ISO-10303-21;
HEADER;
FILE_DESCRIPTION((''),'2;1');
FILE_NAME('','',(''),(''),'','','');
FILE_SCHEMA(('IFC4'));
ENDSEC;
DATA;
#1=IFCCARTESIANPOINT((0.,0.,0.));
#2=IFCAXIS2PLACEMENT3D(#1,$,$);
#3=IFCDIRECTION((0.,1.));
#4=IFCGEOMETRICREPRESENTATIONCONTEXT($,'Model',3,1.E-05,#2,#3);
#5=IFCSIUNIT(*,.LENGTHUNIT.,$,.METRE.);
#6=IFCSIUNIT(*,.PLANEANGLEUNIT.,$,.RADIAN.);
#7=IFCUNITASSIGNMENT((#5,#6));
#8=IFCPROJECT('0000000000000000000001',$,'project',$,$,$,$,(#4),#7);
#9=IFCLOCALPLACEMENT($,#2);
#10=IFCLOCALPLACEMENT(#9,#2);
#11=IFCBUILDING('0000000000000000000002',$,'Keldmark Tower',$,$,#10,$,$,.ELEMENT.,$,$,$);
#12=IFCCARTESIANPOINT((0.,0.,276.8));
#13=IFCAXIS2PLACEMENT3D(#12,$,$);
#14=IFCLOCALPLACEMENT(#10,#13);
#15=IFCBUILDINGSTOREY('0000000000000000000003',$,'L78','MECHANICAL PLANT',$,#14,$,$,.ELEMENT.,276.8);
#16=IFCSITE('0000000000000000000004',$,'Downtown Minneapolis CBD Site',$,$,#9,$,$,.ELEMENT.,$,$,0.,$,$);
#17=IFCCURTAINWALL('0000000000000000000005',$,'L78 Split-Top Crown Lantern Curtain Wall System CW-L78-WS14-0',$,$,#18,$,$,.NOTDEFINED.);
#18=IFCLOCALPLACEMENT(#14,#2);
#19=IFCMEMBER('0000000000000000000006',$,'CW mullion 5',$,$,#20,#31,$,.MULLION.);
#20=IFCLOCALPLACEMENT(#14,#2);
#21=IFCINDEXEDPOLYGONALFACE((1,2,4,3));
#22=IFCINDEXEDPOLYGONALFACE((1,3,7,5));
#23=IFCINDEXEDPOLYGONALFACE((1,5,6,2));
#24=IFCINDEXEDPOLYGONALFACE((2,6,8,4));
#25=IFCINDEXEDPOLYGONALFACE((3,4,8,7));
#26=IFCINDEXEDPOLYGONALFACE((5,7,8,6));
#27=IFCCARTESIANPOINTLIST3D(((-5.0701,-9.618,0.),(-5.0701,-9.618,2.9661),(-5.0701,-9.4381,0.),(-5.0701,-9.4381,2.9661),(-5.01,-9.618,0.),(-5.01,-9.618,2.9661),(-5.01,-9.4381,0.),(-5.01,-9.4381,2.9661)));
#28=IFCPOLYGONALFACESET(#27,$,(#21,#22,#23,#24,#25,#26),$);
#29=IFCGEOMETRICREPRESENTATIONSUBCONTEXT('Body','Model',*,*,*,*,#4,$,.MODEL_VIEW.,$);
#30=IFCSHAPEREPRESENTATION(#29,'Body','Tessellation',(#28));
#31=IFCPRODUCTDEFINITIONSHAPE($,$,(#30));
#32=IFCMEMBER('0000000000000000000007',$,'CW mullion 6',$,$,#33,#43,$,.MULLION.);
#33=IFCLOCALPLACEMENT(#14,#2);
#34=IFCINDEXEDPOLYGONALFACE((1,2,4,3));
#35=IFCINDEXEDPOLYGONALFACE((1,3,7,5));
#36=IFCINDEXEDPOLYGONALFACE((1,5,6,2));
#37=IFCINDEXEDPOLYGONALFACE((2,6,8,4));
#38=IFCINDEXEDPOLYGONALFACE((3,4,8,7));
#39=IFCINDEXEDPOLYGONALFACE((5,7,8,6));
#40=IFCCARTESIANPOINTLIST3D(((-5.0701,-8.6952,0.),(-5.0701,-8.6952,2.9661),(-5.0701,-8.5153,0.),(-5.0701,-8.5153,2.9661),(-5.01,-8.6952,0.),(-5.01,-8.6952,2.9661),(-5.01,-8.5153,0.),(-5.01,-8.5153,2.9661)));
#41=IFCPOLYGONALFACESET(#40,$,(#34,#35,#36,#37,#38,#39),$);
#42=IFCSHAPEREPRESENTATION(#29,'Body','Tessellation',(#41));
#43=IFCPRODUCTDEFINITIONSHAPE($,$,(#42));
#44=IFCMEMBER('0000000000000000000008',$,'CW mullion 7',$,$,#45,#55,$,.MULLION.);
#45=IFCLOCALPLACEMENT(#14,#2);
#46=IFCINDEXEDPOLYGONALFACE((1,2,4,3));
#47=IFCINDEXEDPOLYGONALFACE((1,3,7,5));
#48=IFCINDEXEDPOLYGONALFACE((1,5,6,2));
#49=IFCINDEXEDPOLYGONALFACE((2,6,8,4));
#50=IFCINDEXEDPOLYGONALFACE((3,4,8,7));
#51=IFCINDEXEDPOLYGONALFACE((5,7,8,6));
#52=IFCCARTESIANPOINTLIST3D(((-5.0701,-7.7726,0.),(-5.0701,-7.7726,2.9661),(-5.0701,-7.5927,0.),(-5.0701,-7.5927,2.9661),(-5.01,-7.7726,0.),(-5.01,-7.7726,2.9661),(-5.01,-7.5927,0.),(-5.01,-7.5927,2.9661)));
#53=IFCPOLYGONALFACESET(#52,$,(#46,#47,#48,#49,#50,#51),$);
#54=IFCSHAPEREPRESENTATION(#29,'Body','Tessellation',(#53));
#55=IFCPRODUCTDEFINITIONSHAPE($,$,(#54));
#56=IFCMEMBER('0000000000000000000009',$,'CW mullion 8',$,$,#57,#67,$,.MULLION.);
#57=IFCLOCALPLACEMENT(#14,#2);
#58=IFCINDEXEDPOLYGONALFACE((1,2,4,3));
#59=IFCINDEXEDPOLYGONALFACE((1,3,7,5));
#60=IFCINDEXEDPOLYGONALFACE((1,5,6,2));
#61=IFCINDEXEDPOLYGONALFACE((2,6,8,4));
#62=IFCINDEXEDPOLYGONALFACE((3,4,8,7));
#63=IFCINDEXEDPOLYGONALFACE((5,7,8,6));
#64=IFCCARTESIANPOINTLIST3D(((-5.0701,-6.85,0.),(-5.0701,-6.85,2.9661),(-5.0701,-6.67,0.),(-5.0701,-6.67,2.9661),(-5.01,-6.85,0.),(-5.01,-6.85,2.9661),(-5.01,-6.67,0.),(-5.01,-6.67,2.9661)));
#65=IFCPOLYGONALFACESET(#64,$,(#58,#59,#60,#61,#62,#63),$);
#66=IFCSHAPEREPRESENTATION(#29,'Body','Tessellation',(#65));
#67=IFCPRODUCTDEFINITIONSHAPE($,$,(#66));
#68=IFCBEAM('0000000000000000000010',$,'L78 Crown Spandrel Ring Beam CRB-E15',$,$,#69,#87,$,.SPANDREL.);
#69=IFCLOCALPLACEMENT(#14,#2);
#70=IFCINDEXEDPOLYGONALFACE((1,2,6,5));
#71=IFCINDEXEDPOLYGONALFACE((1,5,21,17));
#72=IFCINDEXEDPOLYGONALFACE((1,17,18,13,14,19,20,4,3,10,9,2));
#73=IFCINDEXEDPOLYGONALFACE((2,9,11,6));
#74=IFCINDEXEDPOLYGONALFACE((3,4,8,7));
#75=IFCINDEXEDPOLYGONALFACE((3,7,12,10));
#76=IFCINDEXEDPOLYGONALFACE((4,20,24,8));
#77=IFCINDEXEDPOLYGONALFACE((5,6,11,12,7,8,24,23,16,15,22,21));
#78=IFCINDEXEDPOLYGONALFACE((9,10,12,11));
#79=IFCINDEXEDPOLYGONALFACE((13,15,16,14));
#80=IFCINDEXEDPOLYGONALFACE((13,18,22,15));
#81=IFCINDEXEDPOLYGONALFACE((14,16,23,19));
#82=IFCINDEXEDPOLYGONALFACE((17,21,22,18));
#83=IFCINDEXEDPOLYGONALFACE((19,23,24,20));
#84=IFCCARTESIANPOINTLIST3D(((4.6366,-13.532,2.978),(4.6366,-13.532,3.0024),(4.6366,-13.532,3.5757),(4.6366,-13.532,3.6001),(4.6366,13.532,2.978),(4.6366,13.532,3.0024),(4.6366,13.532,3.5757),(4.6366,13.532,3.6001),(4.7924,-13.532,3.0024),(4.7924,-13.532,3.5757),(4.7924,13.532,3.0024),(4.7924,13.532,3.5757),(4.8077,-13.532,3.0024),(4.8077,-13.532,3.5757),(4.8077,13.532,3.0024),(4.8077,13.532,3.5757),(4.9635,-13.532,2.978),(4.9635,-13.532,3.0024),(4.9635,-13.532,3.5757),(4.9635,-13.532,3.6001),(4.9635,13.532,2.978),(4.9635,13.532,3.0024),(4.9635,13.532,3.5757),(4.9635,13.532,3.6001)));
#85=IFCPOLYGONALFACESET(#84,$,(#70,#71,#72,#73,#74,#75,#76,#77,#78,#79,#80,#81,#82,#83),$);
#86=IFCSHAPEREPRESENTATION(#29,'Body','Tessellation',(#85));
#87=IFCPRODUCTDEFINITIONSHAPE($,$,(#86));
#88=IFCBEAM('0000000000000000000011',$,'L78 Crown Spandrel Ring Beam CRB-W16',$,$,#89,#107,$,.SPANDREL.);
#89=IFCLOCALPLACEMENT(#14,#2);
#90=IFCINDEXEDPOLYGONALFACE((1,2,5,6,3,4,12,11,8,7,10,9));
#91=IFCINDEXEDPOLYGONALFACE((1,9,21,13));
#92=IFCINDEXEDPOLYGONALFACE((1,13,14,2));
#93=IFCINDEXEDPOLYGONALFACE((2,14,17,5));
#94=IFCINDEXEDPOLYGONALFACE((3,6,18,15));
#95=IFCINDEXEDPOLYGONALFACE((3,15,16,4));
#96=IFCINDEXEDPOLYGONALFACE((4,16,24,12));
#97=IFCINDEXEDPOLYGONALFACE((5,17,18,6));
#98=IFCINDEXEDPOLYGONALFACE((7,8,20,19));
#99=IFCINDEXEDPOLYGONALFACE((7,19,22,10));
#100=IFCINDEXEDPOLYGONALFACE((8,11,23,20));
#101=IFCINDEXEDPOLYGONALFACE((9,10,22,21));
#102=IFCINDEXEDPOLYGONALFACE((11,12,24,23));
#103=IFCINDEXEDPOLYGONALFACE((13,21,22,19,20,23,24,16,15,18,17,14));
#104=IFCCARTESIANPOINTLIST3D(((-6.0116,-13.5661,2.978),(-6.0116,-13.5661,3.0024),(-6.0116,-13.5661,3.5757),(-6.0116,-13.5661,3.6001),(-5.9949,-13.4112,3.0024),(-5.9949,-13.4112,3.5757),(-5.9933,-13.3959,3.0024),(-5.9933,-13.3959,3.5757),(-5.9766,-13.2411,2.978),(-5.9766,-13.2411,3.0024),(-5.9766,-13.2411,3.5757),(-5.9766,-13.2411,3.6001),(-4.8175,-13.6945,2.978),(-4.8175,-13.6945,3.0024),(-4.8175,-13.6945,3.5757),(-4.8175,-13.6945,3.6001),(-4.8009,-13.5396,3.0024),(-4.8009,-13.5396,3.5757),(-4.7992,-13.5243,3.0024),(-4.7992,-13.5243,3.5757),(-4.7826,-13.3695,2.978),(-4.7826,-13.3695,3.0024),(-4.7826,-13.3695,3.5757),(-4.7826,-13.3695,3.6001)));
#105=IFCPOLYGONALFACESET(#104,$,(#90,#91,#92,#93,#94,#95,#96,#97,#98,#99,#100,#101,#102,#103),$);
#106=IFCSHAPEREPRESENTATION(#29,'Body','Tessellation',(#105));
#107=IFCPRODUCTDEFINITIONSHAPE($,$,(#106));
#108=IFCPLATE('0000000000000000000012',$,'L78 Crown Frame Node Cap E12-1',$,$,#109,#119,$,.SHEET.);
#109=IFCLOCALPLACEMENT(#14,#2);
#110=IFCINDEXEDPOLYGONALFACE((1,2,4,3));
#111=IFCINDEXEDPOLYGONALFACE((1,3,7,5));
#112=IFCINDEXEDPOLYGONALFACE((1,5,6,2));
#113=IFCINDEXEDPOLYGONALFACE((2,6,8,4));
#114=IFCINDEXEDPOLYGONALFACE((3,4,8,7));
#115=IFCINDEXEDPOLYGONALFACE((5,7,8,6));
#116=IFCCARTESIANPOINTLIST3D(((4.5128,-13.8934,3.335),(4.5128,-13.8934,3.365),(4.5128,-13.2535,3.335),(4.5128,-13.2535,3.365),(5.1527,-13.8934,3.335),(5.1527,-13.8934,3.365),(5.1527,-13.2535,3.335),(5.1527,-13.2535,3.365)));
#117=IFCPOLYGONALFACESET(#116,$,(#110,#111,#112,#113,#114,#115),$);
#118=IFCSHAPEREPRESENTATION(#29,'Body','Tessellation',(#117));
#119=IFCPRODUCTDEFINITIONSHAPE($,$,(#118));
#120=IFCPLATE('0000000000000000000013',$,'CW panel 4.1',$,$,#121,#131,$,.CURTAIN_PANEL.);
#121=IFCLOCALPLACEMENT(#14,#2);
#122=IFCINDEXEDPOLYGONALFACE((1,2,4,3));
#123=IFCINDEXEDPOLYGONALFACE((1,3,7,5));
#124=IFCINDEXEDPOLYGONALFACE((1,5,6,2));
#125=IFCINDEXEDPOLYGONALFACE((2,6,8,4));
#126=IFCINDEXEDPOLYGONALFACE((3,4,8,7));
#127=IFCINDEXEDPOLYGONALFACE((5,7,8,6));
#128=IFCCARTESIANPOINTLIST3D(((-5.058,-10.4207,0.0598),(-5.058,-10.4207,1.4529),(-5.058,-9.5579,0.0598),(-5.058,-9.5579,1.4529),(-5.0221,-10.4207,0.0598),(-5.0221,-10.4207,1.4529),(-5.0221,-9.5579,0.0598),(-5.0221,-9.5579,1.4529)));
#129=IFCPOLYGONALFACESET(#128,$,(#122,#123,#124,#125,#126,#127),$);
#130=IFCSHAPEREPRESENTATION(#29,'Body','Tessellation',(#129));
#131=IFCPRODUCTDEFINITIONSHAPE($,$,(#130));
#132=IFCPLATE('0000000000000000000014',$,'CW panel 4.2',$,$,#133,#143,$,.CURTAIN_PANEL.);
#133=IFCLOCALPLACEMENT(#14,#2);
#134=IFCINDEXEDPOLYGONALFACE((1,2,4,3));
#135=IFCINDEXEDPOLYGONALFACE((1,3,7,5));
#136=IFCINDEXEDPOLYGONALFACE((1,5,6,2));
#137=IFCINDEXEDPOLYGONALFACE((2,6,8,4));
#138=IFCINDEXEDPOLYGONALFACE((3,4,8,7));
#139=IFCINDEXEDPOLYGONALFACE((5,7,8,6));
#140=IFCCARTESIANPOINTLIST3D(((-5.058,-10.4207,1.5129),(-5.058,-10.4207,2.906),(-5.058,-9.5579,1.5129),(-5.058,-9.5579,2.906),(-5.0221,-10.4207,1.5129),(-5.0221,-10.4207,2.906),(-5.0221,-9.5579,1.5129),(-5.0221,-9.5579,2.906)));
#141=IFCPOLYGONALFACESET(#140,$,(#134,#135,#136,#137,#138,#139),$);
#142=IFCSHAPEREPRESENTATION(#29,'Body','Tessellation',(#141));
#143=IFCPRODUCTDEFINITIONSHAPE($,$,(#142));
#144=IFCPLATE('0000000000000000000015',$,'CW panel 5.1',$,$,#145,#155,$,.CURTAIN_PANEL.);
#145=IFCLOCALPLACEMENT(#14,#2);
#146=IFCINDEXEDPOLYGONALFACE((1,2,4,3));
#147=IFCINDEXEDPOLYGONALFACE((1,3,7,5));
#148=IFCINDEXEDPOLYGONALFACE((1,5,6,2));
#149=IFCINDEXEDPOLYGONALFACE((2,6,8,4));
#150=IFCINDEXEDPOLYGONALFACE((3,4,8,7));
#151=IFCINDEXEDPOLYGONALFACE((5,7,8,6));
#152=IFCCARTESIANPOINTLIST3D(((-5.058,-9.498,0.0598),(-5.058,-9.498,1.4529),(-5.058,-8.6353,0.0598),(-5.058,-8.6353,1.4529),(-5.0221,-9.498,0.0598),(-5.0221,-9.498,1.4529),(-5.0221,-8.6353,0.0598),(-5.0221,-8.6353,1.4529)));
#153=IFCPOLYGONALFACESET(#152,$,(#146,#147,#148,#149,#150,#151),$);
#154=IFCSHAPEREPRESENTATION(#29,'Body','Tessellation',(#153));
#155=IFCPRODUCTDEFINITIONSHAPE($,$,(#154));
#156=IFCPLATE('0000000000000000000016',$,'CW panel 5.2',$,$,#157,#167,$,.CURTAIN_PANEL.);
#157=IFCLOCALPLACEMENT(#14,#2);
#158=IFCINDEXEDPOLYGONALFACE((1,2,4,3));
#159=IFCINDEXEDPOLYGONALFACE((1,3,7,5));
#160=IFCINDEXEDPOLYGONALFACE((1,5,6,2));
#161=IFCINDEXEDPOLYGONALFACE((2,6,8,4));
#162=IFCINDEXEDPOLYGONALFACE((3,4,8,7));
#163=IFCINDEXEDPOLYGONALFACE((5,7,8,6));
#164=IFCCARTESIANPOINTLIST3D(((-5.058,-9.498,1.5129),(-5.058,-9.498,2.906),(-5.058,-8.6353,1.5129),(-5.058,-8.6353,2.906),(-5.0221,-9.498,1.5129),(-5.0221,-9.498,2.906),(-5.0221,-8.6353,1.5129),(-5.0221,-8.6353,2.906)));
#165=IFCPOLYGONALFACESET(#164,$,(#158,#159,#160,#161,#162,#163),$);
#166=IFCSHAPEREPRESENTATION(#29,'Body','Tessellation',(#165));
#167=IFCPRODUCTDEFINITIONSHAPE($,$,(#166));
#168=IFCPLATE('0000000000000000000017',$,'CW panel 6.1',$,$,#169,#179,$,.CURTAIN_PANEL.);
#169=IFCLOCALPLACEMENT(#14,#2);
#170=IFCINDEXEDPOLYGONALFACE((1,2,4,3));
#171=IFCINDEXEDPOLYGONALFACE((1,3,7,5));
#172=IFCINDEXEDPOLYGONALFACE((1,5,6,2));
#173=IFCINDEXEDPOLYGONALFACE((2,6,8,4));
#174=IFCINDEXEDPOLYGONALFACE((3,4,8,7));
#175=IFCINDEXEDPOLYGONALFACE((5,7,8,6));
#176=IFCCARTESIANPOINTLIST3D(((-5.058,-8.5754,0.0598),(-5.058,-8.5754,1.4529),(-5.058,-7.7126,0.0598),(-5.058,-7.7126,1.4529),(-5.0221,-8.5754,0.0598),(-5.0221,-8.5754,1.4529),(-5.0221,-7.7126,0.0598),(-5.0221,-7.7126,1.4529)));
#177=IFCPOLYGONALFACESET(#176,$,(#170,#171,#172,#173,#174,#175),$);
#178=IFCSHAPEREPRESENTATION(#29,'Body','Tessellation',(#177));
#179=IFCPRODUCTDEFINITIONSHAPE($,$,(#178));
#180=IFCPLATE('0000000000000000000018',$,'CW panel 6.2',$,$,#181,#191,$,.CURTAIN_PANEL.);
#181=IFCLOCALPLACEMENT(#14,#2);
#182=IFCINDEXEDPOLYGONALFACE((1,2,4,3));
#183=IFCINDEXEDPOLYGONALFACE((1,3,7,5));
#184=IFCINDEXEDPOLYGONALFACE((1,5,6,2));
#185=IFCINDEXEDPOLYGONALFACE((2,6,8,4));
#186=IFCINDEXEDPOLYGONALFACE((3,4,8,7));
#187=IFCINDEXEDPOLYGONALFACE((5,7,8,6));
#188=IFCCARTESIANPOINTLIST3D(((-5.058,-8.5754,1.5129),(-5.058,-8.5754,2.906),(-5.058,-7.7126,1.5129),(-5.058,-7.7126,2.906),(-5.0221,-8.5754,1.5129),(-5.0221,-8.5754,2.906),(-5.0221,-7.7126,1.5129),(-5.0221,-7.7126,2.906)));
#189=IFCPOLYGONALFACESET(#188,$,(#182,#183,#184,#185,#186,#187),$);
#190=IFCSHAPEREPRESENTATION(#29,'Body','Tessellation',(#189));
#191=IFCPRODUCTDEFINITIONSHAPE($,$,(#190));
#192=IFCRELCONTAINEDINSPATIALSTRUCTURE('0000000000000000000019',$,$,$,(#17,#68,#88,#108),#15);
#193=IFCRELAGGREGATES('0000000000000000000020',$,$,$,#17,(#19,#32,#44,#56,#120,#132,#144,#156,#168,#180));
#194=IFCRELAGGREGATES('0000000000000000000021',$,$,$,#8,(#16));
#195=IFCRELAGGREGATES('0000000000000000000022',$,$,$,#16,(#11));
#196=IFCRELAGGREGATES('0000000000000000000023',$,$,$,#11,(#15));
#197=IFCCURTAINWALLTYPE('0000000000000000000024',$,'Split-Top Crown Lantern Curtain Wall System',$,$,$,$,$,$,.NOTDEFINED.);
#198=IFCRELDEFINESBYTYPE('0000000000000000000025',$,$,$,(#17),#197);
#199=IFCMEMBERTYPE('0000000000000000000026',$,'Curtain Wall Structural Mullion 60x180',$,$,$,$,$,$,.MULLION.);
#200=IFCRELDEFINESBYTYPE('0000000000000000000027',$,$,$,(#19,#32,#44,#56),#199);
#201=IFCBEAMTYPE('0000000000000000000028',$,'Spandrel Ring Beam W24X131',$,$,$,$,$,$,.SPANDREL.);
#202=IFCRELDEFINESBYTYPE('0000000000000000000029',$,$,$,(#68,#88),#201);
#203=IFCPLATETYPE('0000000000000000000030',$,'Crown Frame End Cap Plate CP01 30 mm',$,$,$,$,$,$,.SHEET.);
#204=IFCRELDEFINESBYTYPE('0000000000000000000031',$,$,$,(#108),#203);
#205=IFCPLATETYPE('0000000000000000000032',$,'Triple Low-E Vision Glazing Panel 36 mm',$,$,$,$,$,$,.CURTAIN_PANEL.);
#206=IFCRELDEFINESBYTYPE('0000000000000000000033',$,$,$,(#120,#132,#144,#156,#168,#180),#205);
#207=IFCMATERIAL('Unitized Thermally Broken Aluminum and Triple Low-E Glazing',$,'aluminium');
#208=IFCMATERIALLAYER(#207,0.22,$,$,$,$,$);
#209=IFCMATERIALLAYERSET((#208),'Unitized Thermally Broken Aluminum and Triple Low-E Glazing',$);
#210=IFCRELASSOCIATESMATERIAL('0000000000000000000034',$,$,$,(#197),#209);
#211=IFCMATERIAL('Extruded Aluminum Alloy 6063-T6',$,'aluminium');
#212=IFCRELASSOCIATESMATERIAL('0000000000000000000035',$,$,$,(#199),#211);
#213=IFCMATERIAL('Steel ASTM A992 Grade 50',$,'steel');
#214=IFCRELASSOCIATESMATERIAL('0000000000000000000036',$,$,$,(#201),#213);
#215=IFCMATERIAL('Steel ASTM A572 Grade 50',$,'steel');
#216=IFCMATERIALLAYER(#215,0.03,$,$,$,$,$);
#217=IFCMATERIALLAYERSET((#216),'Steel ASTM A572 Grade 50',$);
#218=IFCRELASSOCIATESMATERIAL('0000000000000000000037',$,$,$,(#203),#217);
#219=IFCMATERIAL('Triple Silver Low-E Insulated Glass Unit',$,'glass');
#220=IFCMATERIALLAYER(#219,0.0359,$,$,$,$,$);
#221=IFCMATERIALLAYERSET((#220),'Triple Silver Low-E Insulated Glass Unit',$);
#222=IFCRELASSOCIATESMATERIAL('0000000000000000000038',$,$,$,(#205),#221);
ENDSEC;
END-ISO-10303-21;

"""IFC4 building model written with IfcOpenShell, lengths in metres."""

from ifc_helpers import new_model, si_unit, direction, frame, origin, origin_2d, place, context, subcontext, project, spatial, rectangle, i_section, extrude, material, layer, layer_set, material_profile, profile_set, type_object, element, aggregate, save


model = new_model("IFC4")

# Units and contexts
model_context = context("Model", 3, precision=1e-05, world=origin(), true_north=direction((0.0, 1.0)))
body_context = subcontext(model_context, "Body", "Model", "MODEL_VIEW")
ifc_project = project(units=[si_unit("LENGTHUNIT", "METRE"), si_unit("PLANEANGLEUNIT", "RADIAN")], contexts=[model_context])

# Site, building, storey
site_placement = place(None, origin())
site = spatial("IfcSite", under=ifc_project, at=site_placement, Name="Downtown Minneapolis CBD Site", CompositionType="ELEMENT", RefElevation=0.0)
building_placement = place(site_placement, origin())
building = spatial("IfcBuilding", under=site, at=building_placement, Name="Keldmark Tower", CompositionType="ELEMENT")
storey_placement = place(building_placement, frame((0.0, 0.0, 276.8)))
storey = spatial("IfcBuildingStorey", under=building, at=storey_placement, Name="L78", Description="MECHANICAL PLANT", CompositionType="ELEMENT", Elevation=276.8)

# Curtain wall, members
ifc_material_1 = material(Name="Unitized Thermally Broken Aluminum and Triple Low-E Glazing", Category="aluminium")
ifc_layer_1 = layer(ifc_material_1, 0.22)
ifc_layer_set_1 = layer_set([ifc_layer_1], Name="Unitized Thermally Broken Aluminum and Triple Low-E Glazing")
curtain_wall_type = type_object("IfcCurtainWallType", Name="Split-Top Crown Lantern Curtain Wall System", PredefinedType="NOTDEFINED", material=ifc_layer_set_1)
curtain_wall_placement = place(storey_placement, origin())
curtain_wall = element("IfcCurtainWall", 1, at=curtain_wall_placement, inside=storey, type_object=curtain_wall_type, Name="L78 Split-Top Crown Lantern Curtain Wall System CW-L78-WS14-0", PredefinedType="NOTDEFINED")
ifc_material_2 = material(Name="Extruded Aluminum Alloy 6063-T6", Category="aluminium")
ifc_material_profile_1 = material_profile(ifc_material_2, rectangle(XDim=0.0601, YDim=0.1799, at=origin_2d()), Name="CWM60X180")
ifc_profile_set_1 = profile_set([ifc_material_profile_1], Name="Extruded Aluminum Alloy 6063-T6")
member_type_1 = type_object("IfcMemberType", Name="Curtain Wall Structural Mullion 60x180", PredefinedType="MULLION", material=ifc_profile_set_1)
member_1_placement = place(storey_placement, frame((-5.04, -9.5281, 0.0), z_axis=(0.0, 0.0, 1.0), x_axis=(-1.0, 0.0, 0.0)))
member_1 = element("IfcMember", 2, at=member_1_placement, type_object=member_type_1, Name="CW mullion 5", PredefinedType="MULLION", context=body_context, shape_type="SweptSolid", body=[
    extrude(rectangle(XDim=0.0601, YDim=0.1799, at=origin_2d()), origin(), (0.0, 0.0, 1.0), 2.9661),
])
member_2_placement = place(storey_placement, frame((-5.04, -8.6052, 0.0), z_axis=(0.0, 0.0, 1.0), x_axis=(-1.0, 0.0, 0.0)))
member_2 = element("IfcMember", 3, at=member_2_placement, type_object=member_type_1, Name="CW mullion 6", PredefinedType="MULLION", context=body_context, shape_type="SweptSolid", body=[
    extrude(rectangle(XDim=0.0601, YDim=0.1799, at=origin_2d()), origin(), (0.0, 0.0, 1.0), 2.9661),
])
member_3_placement = place(storey_placement, frame((-5.04, -7.6826, 0.0), z_axis=(0.0, 0.0, 1.0), x_axis=(-1.0, 0.0, 0.0)))
member_3 = element("IfcMember", 4, at=member_3_placement, type_object=member_type_1, Name="CW mullion 7", PredefinedType="MULLION", context=body_context, shape_type="SweptSolid", body=[
    extrude(rectangle(XDim=0.0601, YDim=0.1799, at=origin_2d()), origin(), (0.0, 0.0, 1.0), 2.9661),
])
member_4_placement = place(storey_placement, frame((-5.04, -6.76, 0.0), z_axis=(0.0, 0.0, 1.0), x_axis=(-1.0, 0.0, 0.0)))
member_4 = element("IfcMember", 5, at=member_4_placement, type_object=member_type_1, Name="CW mullion 8", PredefinedType="MULLION", context=body_context, shape_type="SweptSolid", body=[
    extrude(rectangle(XDim=0.0601, YDim=0.1799, at=origin_2d()), origin(), (0.0, 0.0, 1.0), 2.9661),
])

# Beams
ifc_material_3 = material(Name="Steel ASTM A992 Grade 50", Category="steel")
ifc_material_profile_2 = material_profile(ifc_material_3, i_section(OverallWidth=0.3269, OverallDepth=0.6221, WebThickness=0.0154, FlangeThickness=0.0244, at=origin_2d()), Name="W24X131")
ifc_profile_set_2 = profile_set([ifc_material_profile_2], Name="Steel ASTM A992 Grade 50")
beam_type = type_object("IfcBeamType", Name="Spandrel Ring Beam W24X131", PredefinedType="SPANDREL", material=ifc_profile_set_2)
beam_1_placement = place(storey_placement, frame((4.8, -13.532, 3.2891), z_axis=(0.0, 1.0, 0.0), x_axis=(-1.0, 0.0, 0.0)))
element("IfcBeam", 6, at=beam_1_placement, inside=storey, type_object=beam_type, Name="L78 Crown Spandrel Ring Beam CRB-E15", PredefinedType="SPANDREL", context=body_context, shape_type="SweptSolid", body=[
    extrude(i_section(OverallWidth=0.3269, OverallDepth=0.6221, WebThickness=0.0154, FlangeThickness=0.0244, at=origin_2d()), origin(), (0.0, 0.0, 1.0), 27.064),
])
beam_2_placement = place(storey_placement, frame((-4.8, -13.532, 3.2891), z_axis=(-0.994267, 0.106928, 0.0), x_axis=(-0.106928, -0.994267, 0.0)))
element("IfcBeam", 7, at=beam_2_placement, inside=storey, type_object=beam_type, Name="L78 Crown Spandrel Ring Beam CRB-W16", PredefinedType="SPANDREL", context=body_context, shape_type="SweptSolid", body=[
    extrude(i_section(OverallWidth=0.3269, OverallDepth=0.6221, WebThickness=0.0154, FlangeThickness=0.0244, at=origin_2d()), origin(), (0.0, 0.0, 1.0), 1.2009),
])

# Plates
ifc_material_4 = material(Name="Steel ASTM A572 Grade 50", Category="steel")
ifc_layer_2 = layer(ifc_material_4, 0.03)
ifc_layer_set_2 = layer_set([ifc_layer_2], Name="Steel ASTM A572 Grade 50")
plate_type_1 = type_object("IfcPlateType", Name="Crown Frame End Cap Plate CP01 30 mm", PredefinedType="SHEET", material=ifc_layer_set_2)
plate_1_placement = place(storey_placement, frame((4.8328, -13.5735, 3.335), z_axis=(0.0, 0.0, 1.0), x_axis=(1.0, 0.0, 0.0)))
element("IfcPlate", 8, at=plate_1_placement, inside=storey, type_object=plate_type_1, Name="L78 Crown Frame Node Cap E12-1", PredefinedType="SHEET", context=body_context, shape_type="SweptSolid", body=[
    extrude(rectangle(XDim=0.6399, YDim=0.6399, at=origin_2d()), origin(), (0.0, 0.0, 1.0), 0.03),
])
ifc_material_5 = material(Name="Triple Silver Low-E Insulated Glass Unit", Category="glass")
ifc_layer_3 = layer(ifc_material_5, 0.0359)
ifc_layer_set_3 = layer_set([ifc_layer_3], Name="Triple Silver Low-E Insulated Glass Unit")
plate_type_2 = type_object("IfcPlateType", Name="Triple Low-E Vision Glazing Panel 36 mm", PredefinedType="CURTAIN_PANEL", material=ifc_layer_set_3)
plate_2_placement = place(storey_placement, frame((-5.04, -9.9893, 0.0598), z_axis=(0.0, 0.0, 1.0), x_axis=(0.0, 1.0, 0.0)))
plate_2 = element("IfcPlate", 9, at=plate_2_placement, type_object=plate_type_2, Name="CW panel 4.1", PredefinedType="CURTAIN_PANEL", context=body_context, shape_type="SweptSolid", body=[
    extrude(rectangle(XDim=0.8628, YDim=0.0359, at=origin_2d()), origin(), (0.0, 0.0, 1.0), 1.3931),
])
plate_3_placement = place(storey_placement, frame((-5.04, -9.9893, 1.5129), z_axis=(0.0, 0.0, 1.0), x_axis=(0.0, 1.0, 0.0)))
plate_3 = element("IfcPlate", 10, at=plate_3_placement, type_object=plate_type_2, Name="CW panel 4.2", PredefinedType="CURTAIN_PANEL", context=body_context, shape_type="SweptSolid", body=[
    extrude(rectangle(XDim=0.8628, YDim=0.0359, at=origin_2d()), origin(), (0.0, 0.0, 1.0), 1.3931),
])
plate_4_placement = place(storey_placement, frame((-5.04, -9.0667, 0.0598), z_axis=(0.0, 0.0, 1.0), x_axis=(0.0, 1.0, 0.0)))
plate_4 = element("IfcPlate", 11, at=plate_4_placement, type_object=plate_type_2, Name="CW panel 5.1", PredefinedType="CURTAIN_PANEL", context=body_context, shape_type="SweptSolid", body=[
    extrude(rectangle(XDim=0.8628, YDim=0.0359, at=origin_2d()), origin(), (0.0, 0.0, 1.0), 1.3931),
])
plate_5_placement = place(storey_placement, frame((-5.04, -9.0667, 1.5129), z_axis=(0.0, 0.0, 1.0), x_axis=(0.0, 1.0, 0.0)))
plate_5 = element("IfcPlate", 12, at=plate_5_placement, type_object=plate_type_2, Name="CW panel 5.2", PredefinedType="CURTAIN_PANEL", context=body_context, shape_type="SweptSolid", body=[
    extrude(rectangle(XDim=0.8628, YDim=0.0359, at=origin_2d()), origin(), (0.0, 0.0, 1.0), 1.3931),
])
plate_6_placement = place(storey_placement, frame((-5.04, -8.144, 0.0598), z_axis=(0.0, 0.0, 1.0), x_axis=(0.0, 1.0, 0.0)))
plate_6 = element("IfcPlate", 13, at=plate_6_placement, type_object=plate_type_2, Name="CW panel 6.1", PredefinedType="CURTAIN_PANEL", context=body_context, shape_type="SweptSolid", body=[
    extrude(rectangle(XDim=0.8628, YDim=0.0359, at=origin_2d()), origin(), (0.0, 0.0, 1.0), 1.3931),
])
plate_7_placement = place(storey_placement, frame((-5.04, -8.144, 1.5129), z_axis=(0.0, 0.0, 1.0), x_axis=(0.0, 1.0, 0.0)))
plate_7 = element("IfcPlate", 14, at=plate_7_placement, type_object=plate_type_2, Name="CW panel 6.2", PredefinedType="CURTAIN_PANEL", context=body_context, shape_type="SweptSolid", body=[
    extrude(rectangle(XDim=0.8628, YDim=0.0359, at=origin_2d()), origin(), (0.0, 0.0, 1.0), 1.3931),
])
aggregate(curtain_wall, [member_1, member_2, member_3, member_4, plate_2, plate_3, plate_4, plate_5, plate_6, plate_7])

save(model, "model.ifc")
